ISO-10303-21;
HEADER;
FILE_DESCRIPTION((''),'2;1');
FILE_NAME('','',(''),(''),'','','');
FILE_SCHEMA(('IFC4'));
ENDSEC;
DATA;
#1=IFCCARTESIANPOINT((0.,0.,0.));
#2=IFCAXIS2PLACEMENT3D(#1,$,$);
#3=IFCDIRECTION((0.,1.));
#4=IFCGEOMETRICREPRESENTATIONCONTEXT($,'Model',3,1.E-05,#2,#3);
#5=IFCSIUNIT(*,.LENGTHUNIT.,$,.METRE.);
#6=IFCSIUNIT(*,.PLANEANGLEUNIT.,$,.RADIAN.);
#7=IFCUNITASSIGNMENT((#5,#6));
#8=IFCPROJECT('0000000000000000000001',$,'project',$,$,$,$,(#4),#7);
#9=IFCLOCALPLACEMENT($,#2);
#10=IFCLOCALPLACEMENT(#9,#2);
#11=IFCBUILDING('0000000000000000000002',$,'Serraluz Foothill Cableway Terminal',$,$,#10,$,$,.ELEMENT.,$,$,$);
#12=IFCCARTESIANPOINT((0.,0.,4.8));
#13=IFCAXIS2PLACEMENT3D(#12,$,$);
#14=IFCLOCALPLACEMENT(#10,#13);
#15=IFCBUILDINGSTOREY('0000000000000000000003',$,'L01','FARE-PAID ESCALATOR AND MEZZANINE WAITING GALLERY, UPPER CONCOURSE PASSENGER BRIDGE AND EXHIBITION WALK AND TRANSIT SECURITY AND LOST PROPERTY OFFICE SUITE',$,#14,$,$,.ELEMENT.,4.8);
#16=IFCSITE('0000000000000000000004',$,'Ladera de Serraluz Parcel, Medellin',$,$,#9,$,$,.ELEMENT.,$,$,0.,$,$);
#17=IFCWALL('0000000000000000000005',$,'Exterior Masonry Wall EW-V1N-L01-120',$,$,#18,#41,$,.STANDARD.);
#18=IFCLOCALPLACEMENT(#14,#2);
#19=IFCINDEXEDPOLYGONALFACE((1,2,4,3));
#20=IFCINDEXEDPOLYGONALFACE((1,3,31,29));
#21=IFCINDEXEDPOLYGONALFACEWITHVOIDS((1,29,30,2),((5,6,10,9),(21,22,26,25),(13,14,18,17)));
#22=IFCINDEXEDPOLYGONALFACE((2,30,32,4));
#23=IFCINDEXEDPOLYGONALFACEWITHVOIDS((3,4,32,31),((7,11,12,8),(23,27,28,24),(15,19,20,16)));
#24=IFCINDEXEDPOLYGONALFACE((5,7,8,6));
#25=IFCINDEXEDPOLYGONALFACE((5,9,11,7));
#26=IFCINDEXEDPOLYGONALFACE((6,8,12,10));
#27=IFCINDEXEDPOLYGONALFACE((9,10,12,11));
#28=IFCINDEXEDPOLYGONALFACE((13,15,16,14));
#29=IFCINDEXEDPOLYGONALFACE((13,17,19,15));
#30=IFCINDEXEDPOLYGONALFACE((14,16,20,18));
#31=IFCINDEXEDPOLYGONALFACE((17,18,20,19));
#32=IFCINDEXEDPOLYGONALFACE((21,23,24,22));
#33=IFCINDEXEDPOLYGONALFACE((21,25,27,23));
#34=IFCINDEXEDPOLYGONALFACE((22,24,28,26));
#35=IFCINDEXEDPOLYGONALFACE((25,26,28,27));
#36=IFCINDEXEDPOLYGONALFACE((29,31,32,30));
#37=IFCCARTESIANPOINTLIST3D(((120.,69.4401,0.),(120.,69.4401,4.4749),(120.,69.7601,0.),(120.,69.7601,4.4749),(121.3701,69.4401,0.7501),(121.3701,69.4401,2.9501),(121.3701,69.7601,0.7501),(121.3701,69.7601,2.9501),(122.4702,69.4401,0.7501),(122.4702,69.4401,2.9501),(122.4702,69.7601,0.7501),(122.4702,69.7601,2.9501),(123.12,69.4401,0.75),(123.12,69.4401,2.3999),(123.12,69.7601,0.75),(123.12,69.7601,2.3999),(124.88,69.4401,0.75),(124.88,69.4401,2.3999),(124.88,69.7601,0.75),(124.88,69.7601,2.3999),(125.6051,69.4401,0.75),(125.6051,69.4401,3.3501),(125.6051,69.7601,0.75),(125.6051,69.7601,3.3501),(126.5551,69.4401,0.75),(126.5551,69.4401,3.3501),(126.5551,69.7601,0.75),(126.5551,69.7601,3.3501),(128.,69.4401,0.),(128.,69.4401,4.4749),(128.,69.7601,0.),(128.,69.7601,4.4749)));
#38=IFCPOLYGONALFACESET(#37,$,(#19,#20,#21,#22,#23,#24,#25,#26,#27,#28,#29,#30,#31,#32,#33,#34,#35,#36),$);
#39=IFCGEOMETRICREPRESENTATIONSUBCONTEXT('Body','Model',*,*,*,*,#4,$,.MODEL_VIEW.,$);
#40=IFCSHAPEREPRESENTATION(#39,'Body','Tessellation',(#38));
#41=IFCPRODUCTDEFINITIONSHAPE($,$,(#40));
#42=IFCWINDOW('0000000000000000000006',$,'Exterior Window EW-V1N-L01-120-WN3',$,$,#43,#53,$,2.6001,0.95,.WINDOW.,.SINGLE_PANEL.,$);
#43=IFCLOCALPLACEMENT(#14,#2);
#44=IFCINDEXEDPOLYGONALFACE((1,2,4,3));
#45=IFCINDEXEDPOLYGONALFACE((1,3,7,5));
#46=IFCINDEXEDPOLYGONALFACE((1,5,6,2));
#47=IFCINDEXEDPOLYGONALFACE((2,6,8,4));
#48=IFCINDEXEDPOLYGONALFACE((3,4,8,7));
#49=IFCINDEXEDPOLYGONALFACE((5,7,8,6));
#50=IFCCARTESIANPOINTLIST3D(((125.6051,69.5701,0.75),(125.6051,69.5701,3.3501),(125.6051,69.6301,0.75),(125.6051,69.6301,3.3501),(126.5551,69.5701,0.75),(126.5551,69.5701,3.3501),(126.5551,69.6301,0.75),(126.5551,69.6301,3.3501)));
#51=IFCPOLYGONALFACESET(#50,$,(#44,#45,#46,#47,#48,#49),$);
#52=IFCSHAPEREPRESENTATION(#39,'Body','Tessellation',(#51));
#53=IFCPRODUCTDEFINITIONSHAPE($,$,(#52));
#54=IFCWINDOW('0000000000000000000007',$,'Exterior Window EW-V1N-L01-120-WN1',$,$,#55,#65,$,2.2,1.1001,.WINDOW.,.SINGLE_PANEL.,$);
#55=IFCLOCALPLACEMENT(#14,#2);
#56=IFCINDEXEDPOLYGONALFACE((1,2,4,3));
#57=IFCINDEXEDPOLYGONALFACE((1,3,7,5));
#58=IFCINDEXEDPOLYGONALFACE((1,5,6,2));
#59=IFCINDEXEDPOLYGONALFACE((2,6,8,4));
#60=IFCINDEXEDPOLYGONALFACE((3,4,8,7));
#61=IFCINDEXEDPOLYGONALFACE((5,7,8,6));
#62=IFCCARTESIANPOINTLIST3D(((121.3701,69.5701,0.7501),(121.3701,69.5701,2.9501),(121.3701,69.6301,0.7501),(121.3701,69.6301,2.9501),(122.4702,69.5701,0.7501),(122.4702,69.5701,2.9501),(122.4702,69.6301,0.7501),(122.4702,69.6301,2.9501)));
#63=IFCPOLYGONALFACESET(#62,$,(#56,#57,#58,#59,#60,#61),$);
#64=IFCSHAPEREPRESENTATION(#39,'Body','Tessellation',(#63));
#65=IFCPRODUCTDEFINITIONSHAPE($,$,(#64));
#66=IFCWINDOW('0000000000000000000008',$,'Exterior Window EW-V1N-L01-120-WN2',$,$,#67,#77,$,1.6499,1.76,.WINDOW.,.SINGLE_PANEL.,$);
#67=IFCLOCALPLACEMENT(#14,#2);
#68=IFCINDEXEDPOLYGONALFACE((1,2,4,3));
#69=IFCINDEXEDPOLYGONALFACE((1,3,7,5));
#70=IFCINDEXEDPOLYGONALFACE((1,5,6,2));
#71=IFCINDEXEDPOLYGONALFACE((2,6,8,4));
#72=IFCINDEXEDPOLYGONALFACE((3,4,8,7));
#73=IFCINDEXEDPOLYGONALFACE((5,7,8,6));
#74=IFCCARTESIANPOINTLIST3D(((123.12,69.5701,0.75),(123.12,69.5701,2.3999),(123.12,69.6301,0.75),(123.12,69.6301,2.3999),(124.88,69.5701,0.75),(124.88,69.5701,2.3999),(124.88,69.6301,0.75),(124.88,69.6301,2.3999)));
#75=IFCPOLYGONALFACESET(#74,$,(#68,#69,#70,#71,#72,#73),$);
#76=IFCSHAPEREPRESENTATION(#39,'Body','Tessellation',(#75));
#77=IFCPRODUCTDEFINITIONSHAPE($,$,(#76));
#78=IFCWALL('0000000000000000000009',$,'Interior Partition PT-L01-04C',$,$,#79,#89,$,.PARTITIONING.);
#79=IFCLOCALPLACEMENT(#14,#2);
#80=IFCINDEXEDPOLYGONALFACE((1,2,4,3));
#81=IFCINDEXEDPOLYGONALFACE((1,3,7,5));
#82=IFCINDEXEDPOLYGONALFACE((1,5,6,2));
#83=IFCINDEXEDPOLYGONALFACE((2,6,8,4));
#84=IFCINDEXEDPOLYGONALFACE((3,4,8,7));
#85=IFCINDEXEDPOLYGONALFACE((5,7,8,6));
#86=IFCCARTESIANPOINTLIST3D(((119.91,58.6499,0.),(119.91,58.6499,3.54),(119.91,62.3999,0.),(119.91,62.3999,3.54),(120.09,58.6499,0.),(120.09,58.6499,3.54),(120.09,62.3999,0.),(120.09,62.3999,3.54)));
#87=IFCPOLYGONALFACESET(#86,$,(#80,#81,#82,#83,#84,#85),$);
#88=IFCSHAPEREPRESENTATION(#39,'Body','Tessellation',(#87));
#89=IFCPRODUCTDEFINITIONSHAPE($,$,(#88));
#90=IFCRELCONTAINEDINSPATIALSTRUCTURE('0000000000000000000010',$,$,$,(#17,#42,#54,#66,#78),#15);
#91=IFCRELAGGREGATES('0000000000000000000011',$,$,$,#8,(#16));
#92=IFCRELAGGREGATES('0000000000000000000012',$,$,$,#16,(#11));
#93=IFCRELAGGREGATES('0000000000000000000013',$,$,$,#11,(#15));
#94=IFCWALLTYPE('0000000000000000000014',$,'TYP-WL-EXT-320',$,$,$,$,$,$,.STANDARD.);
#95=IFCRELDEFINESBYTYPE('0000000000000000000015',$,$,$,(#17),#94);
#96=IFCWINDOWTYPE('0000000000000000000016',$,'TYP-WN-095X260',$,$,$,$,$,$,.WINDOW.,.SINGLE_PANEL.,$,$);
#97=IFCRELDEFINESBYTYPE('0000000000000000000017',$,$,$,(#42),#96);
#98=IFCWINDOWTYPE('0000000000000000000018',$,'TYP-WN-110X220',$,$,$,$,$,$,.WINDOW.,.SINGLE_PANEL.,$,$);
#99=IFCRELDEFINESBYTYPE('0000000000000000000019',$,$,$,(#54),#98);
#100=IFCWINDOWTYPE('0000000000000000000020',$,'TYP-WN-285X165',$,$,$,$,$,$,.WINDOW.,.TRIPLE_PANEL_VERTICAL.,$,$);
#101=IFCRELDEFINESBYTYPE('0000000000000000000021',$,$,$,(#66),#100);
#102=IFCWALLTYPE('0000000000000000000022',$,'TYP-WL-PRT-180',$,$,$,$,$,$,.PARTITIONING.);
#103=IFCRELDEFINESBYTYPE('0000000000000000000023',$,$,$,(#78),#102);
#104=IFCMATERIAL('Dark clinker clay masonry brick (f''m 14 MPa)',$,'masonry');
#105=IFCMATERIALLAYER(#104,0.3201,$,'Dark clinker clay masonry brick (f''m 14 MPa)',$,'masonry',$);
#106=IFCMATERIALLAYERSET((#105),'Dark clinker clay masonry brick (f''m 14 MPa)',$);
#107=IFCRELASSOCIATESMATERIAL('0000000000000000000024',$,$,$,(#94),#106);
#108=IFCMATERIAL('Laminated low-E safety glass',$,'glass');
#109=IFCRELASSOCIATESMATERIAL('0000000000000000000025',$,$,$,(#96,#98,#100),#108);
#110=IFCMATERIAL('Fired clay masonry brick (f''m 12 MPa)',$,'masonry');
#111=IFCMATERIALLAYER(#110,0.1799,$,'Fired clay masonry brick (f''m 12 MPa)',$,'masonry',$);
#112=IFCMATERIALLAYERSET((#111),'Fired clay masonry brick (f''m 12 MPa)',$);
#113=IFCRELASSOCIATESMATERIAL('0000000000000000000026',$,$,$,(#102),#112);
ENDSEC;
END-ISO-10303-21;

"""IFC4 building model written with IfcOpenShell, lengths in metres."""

from ifc_helpers import new_model, si_unit, direction, frame, frame_2d, origin, place, context, subcontext, project, spatial, rectangle, extrude, material, layer, layer_set, type_object, element, fill, save


model = new_model("IFC4")

# Units and contexts
model_context = context("Model", 3, precision=1e-05, world=origin(), true_north=direction((0.0, 1.0)))
body_context = subcontext(model_context, "Body", "Model", "MODEL_VIEW")
ifc_project = project(units=[si_unit("LENGTHUNIT", "METRE"), si_unit("PLANEANGLEUNIT", "RADIAN")], contexts=[model_context])

# Site, building, storey
site_placement = place(None, origin())
site = spatial("IfcSite", under=ifc_project, at=site_placement, Name="Ladera de Serraluz Parcel, Medellin", CompositionType="ELEMENT", RefElevation=0.0)
building_placement = place(site_placement, origin())
building = spatial("IfcBuilding", under=site, at=building_placement, Name="Serraluz Foothill Cableway Terminal", CompositionType="ELEMENT")
storey_placement = place(building_placement, frame((0.0, 0.0, 4.8)))
storey = spatial("IfcBuildingStorey", under=building, at=storey_placement, Name="L01", Description="FARE-PAID ESCALATOR AND MEZZANINE WAITING GALLERY, UPPER CONCOURSE PASSENGER BRIDGE AND EXHIBITION WALK AND TRANSIT SECURITY AND LOST PROPERTY OFFICE SUITE", CompositionType="ELEMENT", Elevation=4.8)

# Shared definitions
ifc_material_1 = material(Name="Dark clinker clay masonry brick (f'm 14 MPa)", Category="masonry")
ifc_layer_1 = layer(ifc_material_1, 0.3201, Name="Dark clinker clay masonry brick (f'm 14 MPa)", Category="masonry")
ifc_layer_set_1 = layer_set([ifc_layer_1], Name="Dark clinker clay masonry brick (f'm 14 MPa)")
wall_type_1 = type_object("IfcWallType", Name="TYP-WL-EXT-320", PredefinedType="STANDARD", material=ifc_layer_set_1)
ifc_material_2 = material(Name="Laminated low-E safety glass", Category="glass")

# Wall, openings, windows
wall_1_placement = place(storey_placement, frame((120.0, 69.6001, 0.0), z_axis=(0.0, 0.0, 1.0), x_axis=(1.0, 0.0, 0.0)))
wall_1 = element("IfcWall", 1, at=wall_1_placement, inside=storey, type_object=wall_type_1, Name="Exterior Masonry Wall EW-V1N-L01-120", PredefinedType="STANDARD", context=body_context, shape_type="SweptSolid", body=[
    extrude(rectangle(XDim=8.0, YDim=0.3201, at=frame_2d((4.0, 0.0))), origin(), (0.0, 0.0, 1.0), 4.4749),
])
opening_1_placement = place(wall_1_placement, frame((1.3701, 0.0, 0.75)))
opening_1 = element("IfcOpeningElement", 2, at=opening_1_placement, cuts=wall_1, PredefinedType="OPENING", context=body_context, shape_type="SweptSolid", body=[
    extrude(rectangle(XDim=1.1001, YDim=2.2, at=frame_2d((0.55, 1.1001))), frame((0.0, 0.1699, 0.0), z_axis=(0.0, -1.0, 0.0), x_axis=(1.0, 0.0, 0.0)), (0.0, 0.0, 1.0), 0.3401),
])
opening_2_placement = place(wall_1_placement, frame((3.1201, 0.0, 0.75)))
opening_2 = element("IfcOpeningElement", 3, at=opening_2_placement, cuts=wall_1, PredefinedType="OPENING", context=body_context, shape_type="SweptSolid", body=[
    extrude(rectangle(XDim=1.76, YDim=1.6499, at=frame_2d((0.8799, 0.825))), frame((0.0, 0.1699, 0.0), z_axis=(0.0, -1.0, 0.0), x_axis=(1.0, 0.0, 0.0)), (0.0, 0.0, 1.0), 0.3401),
])
opening_3_placement = place(wall_1_placement, frame((5.605, 0.0, 0.75)))
opening_3 = element("IfcOpeningElement", 4, at=opening_3_placement, cuts=wall_1, PredefinedType="OPENING", context=body_context, shape_type="SweptSolid", body=[
    extrude(rectangle(XDim=0.95, YDim=2.6001, at=frame_2d((0.4751, 1.3))), frame((0.0, 0.1699, 0.0), z_axis=(0.0, -1.0, 0.0), x_axis=(1.0, 0.0, 0.0)), (0.0, 0.0, 1.0), 0.3401),
])
window_type_1 = type_object("IfcWindowType", Name="TYP-WN-095X260", PartitioningType="SINGLE_PANEL", PredefinedType="WINDOW", material=ifc_material_2)
window_1_placement = place(opening_3_placement, origin())
window_1 = element("IfcWindow", 5, at=window_1_placement, inside=storey, type_object=window_type_1, Name="Exterior Window EW-V1N-L01-120-WN3", OverallHeight=2.6001, OverallWidth=0.95, PartitioningType="SINGLE_PANEL", PredefinedType="WINDOW", context=body_context, shape_type="SweptSolid", body=[
    extrude(rectangle(XDim=0.95, YDim=2.6001, at=frame_2d((0.4751, 1.3))), frame((0.0, 0.03, 0.0), z_axis=(0.0, -1.0, 0.0), x_axis=(1.0, 0.0, 0.0)), (0.0, 0.0, 1.0), 0.0601),
])
fill(opening_3, window_1)
window_type_2 = type_object("IfcWindowType", Name="TYP-WN-110X220", PartitioningType="SINGLE_PANEL", PredefinedType="WINDOW", material=ifc_material_2)
window_2_placement = place(opening_1_placement, origin())
window_2 = element("IfcWindow", 6, at=window_2_placement, inside=storey, type_object=window_type_2, Name="Exterior Window EW-V1N-L01-120-WN1", OverallHeight=2.2, OverallWidth=1.1001, PartitioningType="SINGLE_PANEL", PredefinedType="WINDOW", context=body_context, shape_type="SweptSolid", body=[
    extrude(rectangle(XDim=1.1001, YDim=2.2, at=frame_2d((0.55, 1.1001))), frame((0.0, 0.03, 0.0), z_axis=(0.0, -1.0, 0.0), x_axis=(1.0, 0.0, 0.0)), (0.0, 0.0, 1.0), 0.0601),
])
fill(opening_1, window_2)
window_type_3 = type_object("IfcWindowType", Name="TYP-WN-285X165", PartitioningType="TRIPLE_PANEL_VERTICAL", PredefinedType="WINDOW", material=ifc_material_2)
window_3_placement = place(opening_2_placement, origin())
window_3 = element("IfcWindow", 7, at=window_3_placement, inside=storey, type_object=window_type_3, Name="Exterior Window EW-V1N-L01-120-WN2", OverallHeight=1.6499, OverallWidth=1.76, PartitioningType="SINGLE_PANEL", PredefinedType="WINDOW", context=body_context, shape_type="SweptSolid", body=[
    extrude(rectangle(XDim=1.76, YDim=1.6499, at=frame_2d((0.8799, 0.825))), frame((0.0, 0.03, 0.0), z_axis=(0.0, -1.0, 0.0), x_axis=(1.0, 0.0, 0.0)), (0.0, 0.0, 1.0), 0.0601),
])
fill(opening_2, window_3)

# Wall
ifc_material_3 = material(Name="Fired clay masonry brick (f'm 12 MPa)", Category="masonry")
ifc_layer_2 = layer(ifc_material_3, 0.1799, Name="Fired clay masonry brick (f'm 12 MPa)", Category="masonry")
ifc_layer_set_2 = layer_set([ifc_layer_2], Name="Fired clay masonry brick (f'm 12 MPa)")
wall_type_2 = type_object("IfcWallType", Name="TYP-WL-PRT-180", PredefinedType="PARTITIONING", material=ifc_layer_set_2)
wall_2_placement = place(storey_placement, frame((120.0, 58.6499, 0.0), z_axis=(0.0, 0.0, 1.0), x_axis=(0.0, 1.0, 0.0)))
element("IfcWall", 8, at=wall_2_placement, inside=storey, type_object=wall_type_2, Name="Interior Partition PT-L01-04C", PredefinedType="PARTITIONING", context=body_context, shape_type="SweptSolid", body=[
    extrude(rectangle(XDim=3.75, YDim=0.1799, at=frame_2d((1.875, 0.0))), origin(), (0.0, 0.0, 1.0), 3.54),
])

save(model, "model.ifc")
